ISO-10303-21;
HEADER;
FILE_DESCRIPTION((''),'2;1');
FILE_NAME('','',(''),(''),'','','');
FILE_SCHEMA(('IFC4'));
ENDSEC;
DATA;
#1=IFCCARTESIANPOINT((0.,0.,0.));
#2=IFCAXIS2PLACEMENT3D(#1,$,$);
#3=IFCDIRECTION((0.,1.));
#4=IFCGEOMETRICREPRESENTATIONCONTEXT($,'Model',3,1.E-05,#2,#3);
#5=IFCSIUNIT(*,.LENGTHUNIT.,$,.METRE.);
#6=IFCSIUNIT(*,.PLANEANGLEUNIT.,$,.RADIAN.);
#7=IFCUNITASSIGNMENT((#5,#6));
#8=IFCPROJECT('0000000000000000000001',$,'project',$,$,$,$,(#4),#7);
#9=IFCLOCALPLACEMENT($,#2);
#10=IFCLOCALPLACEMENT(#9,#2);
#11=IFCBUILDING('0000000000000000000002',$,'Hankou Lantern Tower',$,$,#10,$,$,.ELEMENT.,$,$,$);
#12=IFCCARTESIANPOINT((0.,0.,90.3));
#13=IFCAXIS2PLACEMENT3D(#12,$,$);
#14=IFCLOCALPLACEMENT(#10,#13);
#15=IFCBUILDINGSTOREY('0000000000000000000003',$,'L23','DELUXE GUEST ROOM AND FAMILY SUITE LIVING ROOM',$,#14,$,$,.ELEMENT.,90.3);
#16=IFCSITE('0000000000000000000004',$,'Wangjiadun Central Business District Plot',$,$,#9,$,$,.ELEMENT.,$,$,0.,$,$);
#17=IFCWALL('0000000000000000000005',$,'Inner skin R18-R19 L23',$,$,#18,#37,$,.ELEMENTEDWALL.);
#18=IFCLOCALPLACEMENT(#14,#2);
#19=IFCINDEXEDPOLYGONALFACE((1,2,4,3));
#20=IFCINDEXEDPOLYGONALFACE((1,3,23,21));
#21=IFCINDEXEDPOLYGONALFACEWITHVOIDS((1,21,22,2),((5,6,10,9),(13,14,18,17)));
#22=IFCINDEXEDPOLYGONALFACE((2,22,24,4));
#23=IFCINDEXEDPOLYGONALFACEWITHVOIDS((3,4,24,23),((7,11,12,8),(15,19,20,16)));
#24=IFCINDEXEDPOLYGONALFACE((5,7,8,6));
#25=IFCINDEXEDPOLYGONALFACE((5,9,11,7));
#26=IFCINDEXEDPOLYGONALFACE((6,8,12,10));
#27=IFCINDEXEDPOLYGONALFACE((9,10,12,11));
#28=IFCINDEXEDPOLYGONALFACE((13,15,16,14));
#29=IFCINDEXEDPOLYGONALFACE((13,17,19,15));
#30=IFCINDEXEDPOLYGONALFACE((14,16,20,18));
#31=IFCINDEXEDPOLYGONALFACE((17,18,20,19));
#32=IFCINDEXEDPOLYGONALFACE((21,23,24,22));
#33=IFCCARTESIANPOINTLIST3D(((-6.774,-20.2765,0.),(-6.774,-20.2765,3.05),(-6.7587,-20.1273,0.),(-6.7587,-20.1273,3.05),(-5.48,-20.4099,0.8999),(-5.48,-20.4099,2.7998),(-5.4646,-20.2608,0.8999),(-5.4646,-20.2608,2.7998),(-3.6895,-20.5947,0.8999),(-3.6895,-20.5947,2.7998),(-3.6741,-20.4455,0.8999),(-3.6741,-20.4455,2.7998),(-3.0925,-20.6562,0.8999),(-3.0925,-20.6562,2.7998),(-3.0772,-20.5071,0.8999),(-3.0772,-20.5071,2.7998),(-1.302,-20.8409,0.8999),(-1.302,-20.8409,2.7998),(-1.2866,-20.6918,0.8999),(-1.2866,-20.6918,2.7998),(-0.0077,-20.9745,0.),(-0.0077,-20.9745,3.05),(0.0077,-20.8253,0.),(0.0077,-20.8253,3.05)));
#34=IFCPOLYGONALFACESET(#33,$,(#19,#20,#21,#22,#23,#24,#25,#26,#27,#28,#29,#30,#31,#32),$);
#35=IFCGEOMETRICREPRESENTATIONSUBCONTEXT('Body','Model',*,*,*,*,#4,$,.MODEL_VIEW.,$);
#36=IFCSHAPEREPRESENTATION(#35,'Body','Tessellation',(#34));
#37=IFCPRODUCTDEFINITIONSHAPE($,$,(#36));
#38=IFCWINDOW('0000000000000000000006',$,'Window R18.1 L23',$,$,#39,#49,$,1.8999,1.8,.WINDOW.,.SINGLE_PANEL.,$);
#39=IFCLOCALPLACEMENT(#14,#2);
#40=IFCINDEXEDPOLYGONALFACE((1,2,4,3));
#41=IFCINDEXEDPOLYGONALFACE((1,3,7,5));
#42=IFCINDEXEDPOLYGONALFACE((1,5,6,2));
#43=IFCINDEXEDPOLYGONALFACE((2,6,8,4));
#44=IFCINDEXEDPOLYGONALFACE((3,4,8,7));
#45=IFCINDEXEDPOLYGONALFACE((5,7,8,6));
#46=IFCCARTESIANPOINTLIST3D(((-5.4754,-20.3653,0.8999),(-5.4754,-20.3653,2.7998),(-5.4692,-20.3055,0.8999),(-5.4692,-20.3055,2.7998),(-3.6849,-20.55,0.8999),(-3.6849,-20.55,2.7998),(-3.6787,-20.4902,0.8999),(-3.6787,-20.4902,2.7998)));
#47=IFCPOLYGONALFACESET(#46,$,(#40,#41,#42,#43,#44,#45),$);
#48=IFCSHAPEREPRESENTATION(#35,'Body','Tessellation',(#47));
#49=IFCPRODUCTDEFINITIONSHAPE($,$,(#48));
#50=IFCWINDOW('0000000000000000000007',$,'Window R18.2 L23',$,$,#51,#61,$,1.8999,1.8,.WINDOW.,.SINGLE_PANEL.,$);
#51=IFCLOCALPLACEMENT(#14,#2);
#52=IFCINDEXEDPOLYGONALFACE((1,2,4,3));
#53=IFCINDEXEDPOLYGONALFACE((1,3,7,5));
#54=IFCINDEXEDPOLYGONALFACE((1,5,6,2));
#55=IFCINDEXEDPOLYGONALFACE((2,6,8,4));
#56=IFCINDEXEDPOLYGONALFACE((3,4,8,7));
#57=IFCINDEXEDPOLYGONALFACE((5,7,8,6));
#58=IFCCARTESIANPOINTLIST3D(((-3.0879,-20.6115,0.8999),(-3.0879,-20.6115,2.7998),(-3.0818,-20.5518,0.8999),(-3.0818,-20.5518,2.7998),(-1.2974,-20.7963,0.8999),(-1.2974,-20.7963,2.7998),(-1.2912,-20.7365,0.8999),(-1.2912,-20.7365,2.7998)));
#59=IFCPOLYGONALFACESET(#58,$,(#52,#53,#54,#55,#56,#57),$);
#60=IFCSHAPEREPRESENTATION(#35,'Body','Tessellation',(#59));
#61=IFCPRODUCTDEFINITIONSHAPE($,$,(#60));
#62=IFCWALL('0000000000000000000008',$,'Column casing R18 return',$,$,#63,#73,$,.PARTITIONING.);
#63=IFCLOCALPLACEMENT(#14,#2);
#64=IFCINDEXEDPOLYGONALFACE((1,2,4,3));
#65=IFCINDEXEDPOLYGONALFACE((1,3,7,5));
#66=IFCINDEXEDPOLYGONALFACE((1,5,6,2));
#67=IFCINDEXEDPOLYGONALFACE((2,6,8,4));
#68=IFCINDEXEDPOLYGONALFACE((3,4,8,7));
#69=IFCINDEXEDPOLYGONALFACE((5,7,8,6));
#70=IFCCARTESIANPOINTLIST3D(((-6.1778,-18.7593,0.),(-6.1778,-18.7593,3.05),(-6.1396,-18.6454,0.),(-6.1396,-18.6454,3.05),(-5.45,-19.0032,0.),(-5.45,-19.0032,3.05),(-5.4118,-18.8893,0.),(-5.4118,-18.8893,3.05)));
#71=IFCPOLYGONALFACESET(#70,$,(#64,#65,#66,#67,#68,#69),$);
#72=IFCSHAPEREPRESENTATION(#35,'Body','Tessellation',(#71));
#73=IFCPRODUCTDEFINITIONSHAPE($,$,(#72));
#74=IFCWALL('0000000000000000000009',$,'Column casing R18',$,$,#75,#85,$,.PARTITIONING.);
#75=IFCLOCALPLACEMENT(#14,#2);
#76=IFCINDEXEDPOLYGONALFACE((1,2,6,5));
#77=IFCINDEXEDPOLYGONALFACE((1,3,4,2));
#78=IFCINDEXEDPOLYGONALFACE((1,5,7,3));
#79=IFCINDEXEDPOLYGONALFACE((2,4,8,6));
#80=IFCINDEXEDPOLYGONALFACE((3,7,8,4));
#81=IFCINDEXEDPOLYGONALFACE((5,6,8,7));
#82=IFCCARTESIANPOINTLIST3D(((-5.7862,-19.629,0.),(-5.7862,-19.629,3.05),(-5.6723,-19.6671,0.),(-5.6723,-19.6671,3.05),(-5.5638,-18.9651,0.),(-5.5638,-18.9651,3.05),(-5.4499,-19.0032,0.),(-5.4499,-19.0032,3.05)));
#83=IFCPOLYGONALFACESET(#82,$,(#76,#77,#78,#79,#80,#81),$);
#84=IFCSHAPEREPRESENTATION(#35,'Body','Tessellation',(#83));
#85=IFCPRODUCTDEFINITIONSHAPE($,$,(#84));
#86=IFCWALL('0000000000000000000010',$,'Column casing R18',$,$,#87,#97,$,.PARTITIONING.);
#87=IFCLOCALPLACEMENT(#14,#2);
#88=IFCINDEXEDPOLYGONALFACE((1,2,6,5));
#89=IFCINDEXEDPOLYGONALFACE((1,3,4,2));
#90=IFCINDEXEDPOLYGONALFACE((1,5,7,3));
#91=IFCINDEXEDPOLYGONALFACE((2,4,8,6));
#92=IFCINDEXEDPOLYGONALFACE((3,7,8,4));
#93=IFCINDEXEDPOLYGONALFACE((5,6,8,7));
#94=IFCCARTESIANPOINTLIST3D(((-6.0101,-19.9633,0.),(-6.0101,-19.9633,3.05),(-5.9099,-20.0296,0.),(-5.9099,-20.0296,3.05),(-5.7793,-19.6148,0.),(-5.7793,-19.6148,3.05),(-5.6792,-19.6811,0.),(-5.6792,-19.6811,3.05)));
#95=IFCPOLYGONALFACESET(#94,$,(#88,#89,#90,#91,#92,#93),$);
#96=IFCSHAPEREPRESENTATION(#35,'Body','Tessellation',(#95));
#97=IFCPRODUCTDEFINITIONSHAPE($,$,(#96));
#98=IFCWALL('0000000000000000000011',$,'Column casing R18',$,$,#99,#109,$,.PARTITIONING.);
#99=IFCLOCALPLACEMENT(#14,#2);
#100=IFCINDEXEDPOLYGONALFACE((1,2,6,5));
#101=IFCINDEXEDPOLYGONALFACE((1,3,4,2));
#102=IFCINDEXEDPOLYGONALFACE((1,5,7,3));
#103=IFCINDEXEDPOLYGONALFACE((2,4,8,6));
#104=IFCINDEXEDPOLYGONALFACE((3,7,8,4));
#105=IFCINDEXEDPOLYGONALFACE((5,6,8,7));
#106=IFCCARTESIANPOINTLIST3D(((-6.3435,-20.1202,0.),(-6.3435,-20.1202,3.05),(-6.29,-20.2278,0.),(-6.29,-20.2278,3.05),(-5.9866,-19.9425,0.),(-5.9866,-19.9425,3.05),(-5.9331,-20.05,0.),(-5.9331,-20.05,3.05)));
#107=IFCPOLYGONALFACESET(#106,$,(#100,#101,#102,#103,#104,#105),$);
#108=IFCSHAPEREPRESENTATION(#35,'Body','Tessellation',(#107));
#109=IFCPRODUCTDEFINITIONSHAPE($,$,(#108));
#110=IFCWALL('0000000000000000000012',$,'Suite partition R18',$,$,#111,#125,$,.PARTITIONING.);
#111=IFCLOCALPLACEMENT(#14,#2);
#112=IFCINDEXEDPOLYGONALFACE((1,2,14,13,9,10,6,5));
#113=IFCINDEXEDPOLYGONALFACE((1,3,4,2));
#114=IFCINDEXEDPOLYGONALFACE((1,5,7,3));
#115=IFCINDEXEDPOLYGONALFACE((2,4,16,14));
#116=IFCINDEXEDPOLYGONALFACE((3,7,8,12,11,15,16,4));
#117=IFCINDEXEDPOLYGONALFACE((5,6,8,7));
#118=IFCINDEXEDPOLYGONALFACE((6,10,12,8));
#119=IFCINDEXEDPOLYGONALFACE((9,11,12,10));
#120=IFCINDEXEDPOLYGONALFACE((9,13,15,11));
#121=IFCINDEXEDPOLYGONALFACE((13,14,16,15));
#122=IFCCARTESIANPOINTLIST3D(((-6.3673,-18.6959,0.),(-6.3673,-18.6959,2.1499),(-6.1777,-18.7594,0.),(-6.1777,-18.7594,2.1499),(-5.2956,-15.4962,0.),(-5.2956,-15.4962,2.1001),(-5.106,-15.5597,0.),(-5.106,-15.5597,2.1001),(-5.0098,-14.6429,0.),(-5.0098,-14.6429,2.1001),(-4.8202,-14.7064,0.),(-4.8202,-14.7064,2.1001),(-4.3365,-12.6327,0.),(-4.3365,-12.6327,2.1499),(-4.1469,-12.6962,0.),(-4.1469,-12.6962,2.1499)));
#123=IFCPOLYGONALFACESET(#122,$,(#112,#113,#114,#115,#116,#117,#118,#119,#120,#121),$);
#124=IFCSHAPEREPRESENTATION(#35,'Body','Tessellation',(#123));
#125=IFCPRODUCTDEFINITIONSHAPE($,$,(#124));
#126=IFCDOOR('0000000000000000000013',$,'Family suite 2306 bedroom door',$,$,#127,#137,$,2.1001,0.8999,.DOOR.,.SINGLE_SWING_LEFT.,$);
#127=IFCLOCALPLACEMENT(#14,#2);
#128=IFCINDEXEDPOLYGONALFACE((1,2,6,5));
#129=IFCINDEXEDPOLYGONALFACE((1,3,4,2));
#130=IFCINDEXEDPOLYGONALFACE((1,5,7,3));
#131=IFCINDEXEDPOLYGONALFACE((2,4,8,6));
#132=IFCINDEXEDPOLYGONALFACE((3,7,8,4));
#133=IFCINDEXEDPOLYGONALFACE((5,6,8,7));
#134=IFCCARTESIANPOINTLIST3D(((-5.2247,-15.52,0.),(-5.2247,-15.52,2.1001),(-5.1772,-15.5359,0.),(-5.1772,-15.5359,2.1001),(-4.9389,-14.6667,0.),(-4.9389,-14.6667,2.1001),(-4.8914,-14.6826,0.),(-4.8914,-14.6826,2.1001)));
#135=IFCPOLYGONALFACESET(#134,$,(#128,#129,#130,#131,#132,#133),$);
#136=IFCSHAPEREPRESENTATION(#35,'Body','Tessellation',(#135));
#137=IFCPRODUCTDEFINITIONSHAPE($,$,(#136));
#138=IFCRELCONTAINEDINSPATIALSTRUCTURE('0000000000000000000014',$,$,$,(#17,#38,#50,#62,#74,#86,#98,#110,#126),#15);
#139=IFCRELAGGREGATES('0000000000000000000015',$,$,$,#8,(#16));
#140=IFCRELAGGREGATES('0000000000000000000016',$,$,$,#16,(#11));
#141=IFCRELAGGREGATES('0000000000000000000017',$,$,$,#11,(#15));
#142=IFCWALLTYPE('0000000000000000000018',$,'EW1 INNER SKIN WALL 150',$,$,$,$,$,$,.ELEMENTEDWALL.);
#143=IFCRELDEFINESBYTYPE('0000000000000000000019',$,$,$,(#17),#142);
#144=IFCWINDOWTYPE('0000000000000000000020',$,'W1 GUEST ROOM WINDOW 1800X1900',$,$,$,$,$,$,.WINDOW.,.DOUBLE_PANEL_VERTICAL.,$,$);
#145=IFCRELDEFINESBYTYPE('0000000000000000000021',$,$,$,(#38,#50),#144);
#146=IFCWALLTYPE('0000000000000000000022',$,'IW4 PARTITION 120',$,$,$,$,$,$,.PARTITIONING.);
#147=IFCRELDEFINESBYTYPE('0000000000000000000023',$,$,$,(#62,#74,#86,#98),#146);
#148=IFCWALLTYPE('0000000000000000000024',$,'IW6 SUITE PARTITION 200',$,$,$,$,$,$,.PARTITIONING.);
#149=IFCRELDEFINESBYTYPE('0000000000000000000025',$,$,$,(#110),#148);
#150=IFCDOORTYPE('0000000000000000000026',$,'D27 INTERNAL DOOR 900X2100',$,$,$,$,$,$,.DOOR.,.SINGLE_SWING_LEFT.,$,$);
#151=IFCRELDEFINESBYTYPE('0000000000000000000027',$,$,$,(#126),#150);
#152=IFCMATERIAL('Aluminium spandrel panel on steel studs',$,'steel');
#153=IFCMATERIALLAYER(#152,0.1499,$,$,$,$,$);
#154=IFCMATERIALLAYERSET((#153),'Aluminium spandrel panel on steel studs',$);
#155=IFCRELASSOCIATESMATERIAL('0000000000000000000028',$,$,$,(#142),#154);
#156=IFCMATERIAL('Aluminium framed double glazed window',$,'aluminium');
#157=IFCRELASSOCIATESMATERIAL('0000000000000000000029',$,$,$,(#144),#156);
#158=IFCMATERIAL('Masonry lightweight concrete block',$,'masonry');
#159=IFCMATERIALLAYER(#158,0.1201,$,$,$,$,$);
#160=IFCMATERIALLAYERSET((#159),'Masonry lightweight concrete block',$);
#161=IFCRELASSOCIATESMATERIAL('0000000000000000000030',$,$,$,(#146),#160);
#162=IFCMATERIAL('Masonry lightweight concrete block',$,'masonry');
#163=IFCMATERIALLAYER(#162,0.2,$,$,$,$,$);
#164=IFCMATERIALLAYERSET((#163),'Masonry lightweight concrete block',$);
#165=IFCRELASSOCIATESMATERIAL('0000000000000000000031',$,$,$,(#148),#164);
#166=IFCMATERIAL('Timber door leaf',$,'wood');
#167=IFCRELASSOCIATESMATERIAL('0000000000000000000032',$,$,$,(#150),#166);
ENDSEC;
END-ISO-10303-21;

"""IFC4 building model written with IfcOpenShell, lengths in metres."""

from ifc_helpers import new_model, si_unit, direction, frame, frame_2d, origin, place, context, subcontext, project, spatial, rectangle, extrude, material, layer, layer_set, type_object, element, fill, save


model = new_model("IFC4")

# Units and contexts
model_context = context("Model", 3, precision=1e-05, world=origin(), true_north=direction((0.0, 1.0)))
body_context = subcontext(model_context, "Body", "Model", "MODEL_VIEW")
ifc_project = project(units=[si_unit("LENGTHUNIT", "METRE"), si_unit("PLANEANGLEUNIT", "RADIAN")], contexts=[model_context])

# Site, building, storey
site_placement = place(None, origin())
site = spatial("IfcSite", under=ifc_project, at=site_placement, Name="Wangjiadun Central Business District Plot", CompositionType="ELEMENT", RefElevation=0.0)
building_placement = place(site_placement, origin())
building = spatial("IfcBuilding", under=site, at=building_placement, Name="Hankou Lantern Tower", CompositionType="ELEMENT")
storey_placement = place(building_placement, frame((0.0, 0.0, 90.3)))
storey = spatial("IfcBuildingStorey", under=building, at=storey_placement, Name="L23", Description="DELUXE GUEST ROOM AND FAMILY SUITE LIVING ROOM", CompositionType="ELEMENT", Elevation=90.3)

# Wall, openings, windows
ifc_material_1 = material(Name="Aluminium spandrel panel on steel studs", Category="steel")
ifc_layer_1 = layer(ifc_material_1, 0.1499)
ifc_layer_set_1 = layer_set([ifc_layer_1], Name="Aluminium spandrel panel on steel studs")
wall_type_1 = type_object("IfcWallType", Name="EW1 INNER SKIN WALL 150", PredefinedType="ELEMENTEDWALL", material=ifc_layer_set_1)
wall_1_placement = place(storey_placement, frame((-6.7664, -20.2019, 0.0), z_axis=(0.0, 0.0, 1.0), x_axis=(0.994721, -0.102613, 0.0)))
wall_1 = element("IfcWall", 1, at=wall_1_placement, inside=storey, type_object=wall_type_1, Name="Inner skin R18-R19 L23", PredefinedType="ELEMENTEDWALL", context=body_context, shape_type="SweptSolid", body=[
    extrude(rectangle(XDim=6.8022, YDim=0.1499, at=frame_2d((3.4011, 0.0))), origin(), (0.0, 0.0, 1.0), 3.05),
])
opening_1_placement = place(wall_1_placement, frame((1.301, 0.0, 0.8999)))
opening_1 = element("IfcOpeningElement", 2, at=opening_1_placement, cuts=wall_1, PredefinedType="OPENING", context=body_context, shape_type="SweptSolid", body=[
    extrude(rectangle(XDim=1.8, YDim=1.8999, at=frame_2d((0.8999, 0.95))), frame((0.0, 0.085, 0.0), z_axis=(0.0, -1.0, 0.0), x_axis=(1.0, 0.0, 0.0)), (0.0, 0.0, 1.0), 0.1699),
])
opening_2_placement = place(wall_1_placement, frame((3.7012, 0.0, 0.8999)))
opening_2 = element("IfcOpeningElement", 3, at=opening_2_placement, cuts=wall_1, PredefinedType="OPENING", context=body_context, shape_type="SweptSolid", body=[
    extrude(rectangle(XDim=1.8, YDim=1.8999, at=frame_2d((0.8999, 0.95))), frame((0.0, 0.085, 0.0), z_axis=(0.0, -1.0, 0.0), x_axis=(1.0, 0.0, 0.0)), (0.0, 0.0, 1.0), 0.1699),
])
ifc_material_2 = material(Name="Aluminium framed double glazed window", Category="aluminium")
window_type = type_object("IfcWindowType", Name="W1 GUEST ROOM WINDOW 1800X1900", PartitioningType="DOUBLE_PANEL_VERTICAL", PredefinedType="WINDOW", material=ifc_material_2)
window_1_placement = place(opening_1_placement, origin())
window_1 = element("IfcWindow", 4, at=window_1_placement, inside=storey, type_object=window_type, Name="Window R18.1 L23", OverallHeight=1.8999, OverallWidth=1.8, PartitioningType="SINGLE_PANEL", PredefinedType="WINDOW", context=body_context, shape_type="SweptSolid", body=[
    extrude(rectangle(XDim=1.8, YDim=1.8999, at=frame_2d((0.8999, 0.95))), frame((0.0, 0.03, 0.0), z_axis=(0.0, -1.0, 0.0), x_axis=(1.0, 0.0, 0.0)), (0.0, 0.0, 1.0), 0.0601),
])
fill(opening_1, window_1)
window_2_placement = place(opening_2_placement, origin())
window_2 = element("IfcWindow", 5, at=window_2_placement, inside=storey, type_object=window_type, Name="Window R18.2 L23", OverallHeight=1.8999, OverallWidth=1.8, PartitioningType="SINGLE_PANEL", PredefinedType="WINDOW", context=body_context, shape_type="SweptSolid", body=[
    extrude(rectangle(XDim=1.8, YDim=1.8999, at=frame_2d((0.8999, 0.95))), frame((0.0, 0.03, 0.0), z_axis=(0.0, -1.0, 0.0), x_axis=(1.0, 0.0, 0.0)), (0.0, 0.0, 1.0), 0.0601),
])
fill(opening_2, window_2)

# Walls
ifc_material_3 = material(Name="Masonry lightweight concrete block", Category="masonry")
ifc_layer_2 = layer(ifc_material_3, 0.1201)
ifc_layer_set_2 = layer_set([ifc_layer_2], Name="Masonry lightweight concrete block")
wall_type_2 = type_object("IfcWallType", Name="IW4 PARTITION 120", PredefinedType="PARTITIONING", material=ifc_layer_set_2)
wall_2_placement = place(storey_placement, frame((-6.1587, -18.7024, 0.0), z_axis=(0.0, 0.0, 1.0), x_axis=(0.948173, -0.317754, 0.0)))
element("IfcWall", 6, at=wall_2_placement, inside=storey, type_object=wall_type_2, Name="Column casing R18 return", PredefinedType="PARTITIONING", context=body_context, shape_type="SweptSolid", body=[
    extrude(rectangle(XDim=0.7676, YDim=0.1201, at=frame_2d((0.3838, 0.0))), origin(), (0.0, 0.0, 1.0), 3.05),
])
wall_3_placement = place(storey_placement, frame((-5.5068, -18.9841, 0.0), z_axis=(0.0, 0.0, 1.0), x_axis=(-0.317692, -0.948194, 0.0)))
element("IfcWall", 7, at=wall_3_placement, inside=storey, type_object=wall_type_2, Name="Column casing R18", PredefinedType="PARTITIONING", context=body_context, shape_type="SweptSolid", body=[
    extrude(rectangle(XDim=0.7002, YDim=0.1201, at=frame_2d((0.3501, 0.0))), origin(), (0.0, 0.0, 1.0), 3.05),
])
wall_4_placement = place(storey_placement, frame((-5.7292, -19.6479, 0.0), z_axis=(0.0, 0.0, 1.0), x_axis=(-0.552136, -0.833754, 0.0)))
element("IfcWall", 8, at=wall_4_placement, inside=storey, type_object=wall_type_2, Name="Column casing R18", PredefinedType="PARTITIONING", context=body_context, shape_type="SweptSolid", body=[
    extrude(rectangle(XDim=0.418, YDim=0.1201, at=frame_2d((0.209, 0.0))), origin(), (0.0, 0.0, 1.0), 3.05),
])
wall_5_placement = place(storey_placement, frame((-5.96, -19.9963, 0.0), z_axis=(0.0, 0.0, 1.0), x_axis=(-0.895161, -0.445744, 0.0)))
element("IfcWall", 9, at=wall_5_placement, inside=storey, type_object=wall_type_2, Name="Column casing R18", PredefinedType="PARTITIONING", context=body_context, shape_type="SweptSolid", body=[
    extrude(rectangle(XDim=0.3987, YDim=0.1201, at=frame_2d((0.1992, 0.0))), origin(), (0.0, 0.0, 1.0), 3.05),
])

# Wall, opening, door
ifc_material_4 = material(Name="Masonry lightweight concrete block", Category="masonry")
ifc_layer_3 = layer(ifc_material_4, 0.2)
ifc_layer_set_3 = layer_set([ifc_layer_3], Name="Masonry lightweight concrete block")
wall_type_3 = type_object("IfcWallType", Name="IW6 SUITE PARTITION 200", PredefinedType="PARTITIONING", material=ifc_layer_set_3)
wall_6_placement = place(storey_placement, frame((-4.2417, -12.6643, 0.0), z_axis=(0.0, 0.0, 1.0), x_axis=(-0.317591, -0.948228, 0.0)))
wall_6 = element("IfcWall", 10, at=wall_6_placement, inside=storey, type_object=wall_type_3, Name="Suite partition R18", PredefinedType="PARTITIONING", context=body_context, shape_type="SweptSolid", body=[
    extrude(rectangle(XDim=6.3943, YDim=0.2, at=frame_2d((3.1973, 0.0))), origin(), (0.0, 0.0, 1.0), 2.1499),
])
opening_3_placement = place(wall_6_placement, frame((2.1201, 0.0, 0.0)))
opening_3 = element("IfcOpeningElement", 11, at=opening_3_placement, cuts=wall_6, PredefinedType="OPENING", context=body_context, shape_type="SweptSolid", body=[
    extrude(rectangle(XDim=0.8999, YDim=2.1001, at=frame_2d((0.45, 1.05))), frame((0.0, 0.1099, 0.0), z_axis=(0.0, -1.0, 0.0), x_axis=(1.0, 0.0, 0.0)), (0.0, 0.0, 1.0), 0.22),
])
ifc_material_5 = material(Name="Timber door leaf", Category="wood")
door_type = type_object("IfcDoorType", Name="D27 INTERNAL DOOR 900X2100", OperationType="SINGLE_SWING_LEFT", PredefinedType="DOOR", material=ifc_material_5)
door_placement = place(opening_3_placement, origin())
door = element("IfcDoor", 12, at=door_placement, inside=storey, type_object=door_type, Name="Family suite 2306 bedroom door", OperationType="SINGLE_SWING_LEFT", OverallHeight=2.1001, OverallWidth=0.8999, PredefinedType="DOOR", context=body_context, shape_type="SweptSolid", body=[
    extrude(rectangle(XDim=0.8999, YDim=2.1001, at=frame_2d((0.45, 1.05))), frame((0.0, 0.0249, 0.0), z_axis=(0.0, -1.0, 0.0), x_axis=(1.0, 0.0, 0.0)), (0.0, 0.0, 1.0), 0.05),
])
fill(opening_3, door)

save(model, "model.ifc")
